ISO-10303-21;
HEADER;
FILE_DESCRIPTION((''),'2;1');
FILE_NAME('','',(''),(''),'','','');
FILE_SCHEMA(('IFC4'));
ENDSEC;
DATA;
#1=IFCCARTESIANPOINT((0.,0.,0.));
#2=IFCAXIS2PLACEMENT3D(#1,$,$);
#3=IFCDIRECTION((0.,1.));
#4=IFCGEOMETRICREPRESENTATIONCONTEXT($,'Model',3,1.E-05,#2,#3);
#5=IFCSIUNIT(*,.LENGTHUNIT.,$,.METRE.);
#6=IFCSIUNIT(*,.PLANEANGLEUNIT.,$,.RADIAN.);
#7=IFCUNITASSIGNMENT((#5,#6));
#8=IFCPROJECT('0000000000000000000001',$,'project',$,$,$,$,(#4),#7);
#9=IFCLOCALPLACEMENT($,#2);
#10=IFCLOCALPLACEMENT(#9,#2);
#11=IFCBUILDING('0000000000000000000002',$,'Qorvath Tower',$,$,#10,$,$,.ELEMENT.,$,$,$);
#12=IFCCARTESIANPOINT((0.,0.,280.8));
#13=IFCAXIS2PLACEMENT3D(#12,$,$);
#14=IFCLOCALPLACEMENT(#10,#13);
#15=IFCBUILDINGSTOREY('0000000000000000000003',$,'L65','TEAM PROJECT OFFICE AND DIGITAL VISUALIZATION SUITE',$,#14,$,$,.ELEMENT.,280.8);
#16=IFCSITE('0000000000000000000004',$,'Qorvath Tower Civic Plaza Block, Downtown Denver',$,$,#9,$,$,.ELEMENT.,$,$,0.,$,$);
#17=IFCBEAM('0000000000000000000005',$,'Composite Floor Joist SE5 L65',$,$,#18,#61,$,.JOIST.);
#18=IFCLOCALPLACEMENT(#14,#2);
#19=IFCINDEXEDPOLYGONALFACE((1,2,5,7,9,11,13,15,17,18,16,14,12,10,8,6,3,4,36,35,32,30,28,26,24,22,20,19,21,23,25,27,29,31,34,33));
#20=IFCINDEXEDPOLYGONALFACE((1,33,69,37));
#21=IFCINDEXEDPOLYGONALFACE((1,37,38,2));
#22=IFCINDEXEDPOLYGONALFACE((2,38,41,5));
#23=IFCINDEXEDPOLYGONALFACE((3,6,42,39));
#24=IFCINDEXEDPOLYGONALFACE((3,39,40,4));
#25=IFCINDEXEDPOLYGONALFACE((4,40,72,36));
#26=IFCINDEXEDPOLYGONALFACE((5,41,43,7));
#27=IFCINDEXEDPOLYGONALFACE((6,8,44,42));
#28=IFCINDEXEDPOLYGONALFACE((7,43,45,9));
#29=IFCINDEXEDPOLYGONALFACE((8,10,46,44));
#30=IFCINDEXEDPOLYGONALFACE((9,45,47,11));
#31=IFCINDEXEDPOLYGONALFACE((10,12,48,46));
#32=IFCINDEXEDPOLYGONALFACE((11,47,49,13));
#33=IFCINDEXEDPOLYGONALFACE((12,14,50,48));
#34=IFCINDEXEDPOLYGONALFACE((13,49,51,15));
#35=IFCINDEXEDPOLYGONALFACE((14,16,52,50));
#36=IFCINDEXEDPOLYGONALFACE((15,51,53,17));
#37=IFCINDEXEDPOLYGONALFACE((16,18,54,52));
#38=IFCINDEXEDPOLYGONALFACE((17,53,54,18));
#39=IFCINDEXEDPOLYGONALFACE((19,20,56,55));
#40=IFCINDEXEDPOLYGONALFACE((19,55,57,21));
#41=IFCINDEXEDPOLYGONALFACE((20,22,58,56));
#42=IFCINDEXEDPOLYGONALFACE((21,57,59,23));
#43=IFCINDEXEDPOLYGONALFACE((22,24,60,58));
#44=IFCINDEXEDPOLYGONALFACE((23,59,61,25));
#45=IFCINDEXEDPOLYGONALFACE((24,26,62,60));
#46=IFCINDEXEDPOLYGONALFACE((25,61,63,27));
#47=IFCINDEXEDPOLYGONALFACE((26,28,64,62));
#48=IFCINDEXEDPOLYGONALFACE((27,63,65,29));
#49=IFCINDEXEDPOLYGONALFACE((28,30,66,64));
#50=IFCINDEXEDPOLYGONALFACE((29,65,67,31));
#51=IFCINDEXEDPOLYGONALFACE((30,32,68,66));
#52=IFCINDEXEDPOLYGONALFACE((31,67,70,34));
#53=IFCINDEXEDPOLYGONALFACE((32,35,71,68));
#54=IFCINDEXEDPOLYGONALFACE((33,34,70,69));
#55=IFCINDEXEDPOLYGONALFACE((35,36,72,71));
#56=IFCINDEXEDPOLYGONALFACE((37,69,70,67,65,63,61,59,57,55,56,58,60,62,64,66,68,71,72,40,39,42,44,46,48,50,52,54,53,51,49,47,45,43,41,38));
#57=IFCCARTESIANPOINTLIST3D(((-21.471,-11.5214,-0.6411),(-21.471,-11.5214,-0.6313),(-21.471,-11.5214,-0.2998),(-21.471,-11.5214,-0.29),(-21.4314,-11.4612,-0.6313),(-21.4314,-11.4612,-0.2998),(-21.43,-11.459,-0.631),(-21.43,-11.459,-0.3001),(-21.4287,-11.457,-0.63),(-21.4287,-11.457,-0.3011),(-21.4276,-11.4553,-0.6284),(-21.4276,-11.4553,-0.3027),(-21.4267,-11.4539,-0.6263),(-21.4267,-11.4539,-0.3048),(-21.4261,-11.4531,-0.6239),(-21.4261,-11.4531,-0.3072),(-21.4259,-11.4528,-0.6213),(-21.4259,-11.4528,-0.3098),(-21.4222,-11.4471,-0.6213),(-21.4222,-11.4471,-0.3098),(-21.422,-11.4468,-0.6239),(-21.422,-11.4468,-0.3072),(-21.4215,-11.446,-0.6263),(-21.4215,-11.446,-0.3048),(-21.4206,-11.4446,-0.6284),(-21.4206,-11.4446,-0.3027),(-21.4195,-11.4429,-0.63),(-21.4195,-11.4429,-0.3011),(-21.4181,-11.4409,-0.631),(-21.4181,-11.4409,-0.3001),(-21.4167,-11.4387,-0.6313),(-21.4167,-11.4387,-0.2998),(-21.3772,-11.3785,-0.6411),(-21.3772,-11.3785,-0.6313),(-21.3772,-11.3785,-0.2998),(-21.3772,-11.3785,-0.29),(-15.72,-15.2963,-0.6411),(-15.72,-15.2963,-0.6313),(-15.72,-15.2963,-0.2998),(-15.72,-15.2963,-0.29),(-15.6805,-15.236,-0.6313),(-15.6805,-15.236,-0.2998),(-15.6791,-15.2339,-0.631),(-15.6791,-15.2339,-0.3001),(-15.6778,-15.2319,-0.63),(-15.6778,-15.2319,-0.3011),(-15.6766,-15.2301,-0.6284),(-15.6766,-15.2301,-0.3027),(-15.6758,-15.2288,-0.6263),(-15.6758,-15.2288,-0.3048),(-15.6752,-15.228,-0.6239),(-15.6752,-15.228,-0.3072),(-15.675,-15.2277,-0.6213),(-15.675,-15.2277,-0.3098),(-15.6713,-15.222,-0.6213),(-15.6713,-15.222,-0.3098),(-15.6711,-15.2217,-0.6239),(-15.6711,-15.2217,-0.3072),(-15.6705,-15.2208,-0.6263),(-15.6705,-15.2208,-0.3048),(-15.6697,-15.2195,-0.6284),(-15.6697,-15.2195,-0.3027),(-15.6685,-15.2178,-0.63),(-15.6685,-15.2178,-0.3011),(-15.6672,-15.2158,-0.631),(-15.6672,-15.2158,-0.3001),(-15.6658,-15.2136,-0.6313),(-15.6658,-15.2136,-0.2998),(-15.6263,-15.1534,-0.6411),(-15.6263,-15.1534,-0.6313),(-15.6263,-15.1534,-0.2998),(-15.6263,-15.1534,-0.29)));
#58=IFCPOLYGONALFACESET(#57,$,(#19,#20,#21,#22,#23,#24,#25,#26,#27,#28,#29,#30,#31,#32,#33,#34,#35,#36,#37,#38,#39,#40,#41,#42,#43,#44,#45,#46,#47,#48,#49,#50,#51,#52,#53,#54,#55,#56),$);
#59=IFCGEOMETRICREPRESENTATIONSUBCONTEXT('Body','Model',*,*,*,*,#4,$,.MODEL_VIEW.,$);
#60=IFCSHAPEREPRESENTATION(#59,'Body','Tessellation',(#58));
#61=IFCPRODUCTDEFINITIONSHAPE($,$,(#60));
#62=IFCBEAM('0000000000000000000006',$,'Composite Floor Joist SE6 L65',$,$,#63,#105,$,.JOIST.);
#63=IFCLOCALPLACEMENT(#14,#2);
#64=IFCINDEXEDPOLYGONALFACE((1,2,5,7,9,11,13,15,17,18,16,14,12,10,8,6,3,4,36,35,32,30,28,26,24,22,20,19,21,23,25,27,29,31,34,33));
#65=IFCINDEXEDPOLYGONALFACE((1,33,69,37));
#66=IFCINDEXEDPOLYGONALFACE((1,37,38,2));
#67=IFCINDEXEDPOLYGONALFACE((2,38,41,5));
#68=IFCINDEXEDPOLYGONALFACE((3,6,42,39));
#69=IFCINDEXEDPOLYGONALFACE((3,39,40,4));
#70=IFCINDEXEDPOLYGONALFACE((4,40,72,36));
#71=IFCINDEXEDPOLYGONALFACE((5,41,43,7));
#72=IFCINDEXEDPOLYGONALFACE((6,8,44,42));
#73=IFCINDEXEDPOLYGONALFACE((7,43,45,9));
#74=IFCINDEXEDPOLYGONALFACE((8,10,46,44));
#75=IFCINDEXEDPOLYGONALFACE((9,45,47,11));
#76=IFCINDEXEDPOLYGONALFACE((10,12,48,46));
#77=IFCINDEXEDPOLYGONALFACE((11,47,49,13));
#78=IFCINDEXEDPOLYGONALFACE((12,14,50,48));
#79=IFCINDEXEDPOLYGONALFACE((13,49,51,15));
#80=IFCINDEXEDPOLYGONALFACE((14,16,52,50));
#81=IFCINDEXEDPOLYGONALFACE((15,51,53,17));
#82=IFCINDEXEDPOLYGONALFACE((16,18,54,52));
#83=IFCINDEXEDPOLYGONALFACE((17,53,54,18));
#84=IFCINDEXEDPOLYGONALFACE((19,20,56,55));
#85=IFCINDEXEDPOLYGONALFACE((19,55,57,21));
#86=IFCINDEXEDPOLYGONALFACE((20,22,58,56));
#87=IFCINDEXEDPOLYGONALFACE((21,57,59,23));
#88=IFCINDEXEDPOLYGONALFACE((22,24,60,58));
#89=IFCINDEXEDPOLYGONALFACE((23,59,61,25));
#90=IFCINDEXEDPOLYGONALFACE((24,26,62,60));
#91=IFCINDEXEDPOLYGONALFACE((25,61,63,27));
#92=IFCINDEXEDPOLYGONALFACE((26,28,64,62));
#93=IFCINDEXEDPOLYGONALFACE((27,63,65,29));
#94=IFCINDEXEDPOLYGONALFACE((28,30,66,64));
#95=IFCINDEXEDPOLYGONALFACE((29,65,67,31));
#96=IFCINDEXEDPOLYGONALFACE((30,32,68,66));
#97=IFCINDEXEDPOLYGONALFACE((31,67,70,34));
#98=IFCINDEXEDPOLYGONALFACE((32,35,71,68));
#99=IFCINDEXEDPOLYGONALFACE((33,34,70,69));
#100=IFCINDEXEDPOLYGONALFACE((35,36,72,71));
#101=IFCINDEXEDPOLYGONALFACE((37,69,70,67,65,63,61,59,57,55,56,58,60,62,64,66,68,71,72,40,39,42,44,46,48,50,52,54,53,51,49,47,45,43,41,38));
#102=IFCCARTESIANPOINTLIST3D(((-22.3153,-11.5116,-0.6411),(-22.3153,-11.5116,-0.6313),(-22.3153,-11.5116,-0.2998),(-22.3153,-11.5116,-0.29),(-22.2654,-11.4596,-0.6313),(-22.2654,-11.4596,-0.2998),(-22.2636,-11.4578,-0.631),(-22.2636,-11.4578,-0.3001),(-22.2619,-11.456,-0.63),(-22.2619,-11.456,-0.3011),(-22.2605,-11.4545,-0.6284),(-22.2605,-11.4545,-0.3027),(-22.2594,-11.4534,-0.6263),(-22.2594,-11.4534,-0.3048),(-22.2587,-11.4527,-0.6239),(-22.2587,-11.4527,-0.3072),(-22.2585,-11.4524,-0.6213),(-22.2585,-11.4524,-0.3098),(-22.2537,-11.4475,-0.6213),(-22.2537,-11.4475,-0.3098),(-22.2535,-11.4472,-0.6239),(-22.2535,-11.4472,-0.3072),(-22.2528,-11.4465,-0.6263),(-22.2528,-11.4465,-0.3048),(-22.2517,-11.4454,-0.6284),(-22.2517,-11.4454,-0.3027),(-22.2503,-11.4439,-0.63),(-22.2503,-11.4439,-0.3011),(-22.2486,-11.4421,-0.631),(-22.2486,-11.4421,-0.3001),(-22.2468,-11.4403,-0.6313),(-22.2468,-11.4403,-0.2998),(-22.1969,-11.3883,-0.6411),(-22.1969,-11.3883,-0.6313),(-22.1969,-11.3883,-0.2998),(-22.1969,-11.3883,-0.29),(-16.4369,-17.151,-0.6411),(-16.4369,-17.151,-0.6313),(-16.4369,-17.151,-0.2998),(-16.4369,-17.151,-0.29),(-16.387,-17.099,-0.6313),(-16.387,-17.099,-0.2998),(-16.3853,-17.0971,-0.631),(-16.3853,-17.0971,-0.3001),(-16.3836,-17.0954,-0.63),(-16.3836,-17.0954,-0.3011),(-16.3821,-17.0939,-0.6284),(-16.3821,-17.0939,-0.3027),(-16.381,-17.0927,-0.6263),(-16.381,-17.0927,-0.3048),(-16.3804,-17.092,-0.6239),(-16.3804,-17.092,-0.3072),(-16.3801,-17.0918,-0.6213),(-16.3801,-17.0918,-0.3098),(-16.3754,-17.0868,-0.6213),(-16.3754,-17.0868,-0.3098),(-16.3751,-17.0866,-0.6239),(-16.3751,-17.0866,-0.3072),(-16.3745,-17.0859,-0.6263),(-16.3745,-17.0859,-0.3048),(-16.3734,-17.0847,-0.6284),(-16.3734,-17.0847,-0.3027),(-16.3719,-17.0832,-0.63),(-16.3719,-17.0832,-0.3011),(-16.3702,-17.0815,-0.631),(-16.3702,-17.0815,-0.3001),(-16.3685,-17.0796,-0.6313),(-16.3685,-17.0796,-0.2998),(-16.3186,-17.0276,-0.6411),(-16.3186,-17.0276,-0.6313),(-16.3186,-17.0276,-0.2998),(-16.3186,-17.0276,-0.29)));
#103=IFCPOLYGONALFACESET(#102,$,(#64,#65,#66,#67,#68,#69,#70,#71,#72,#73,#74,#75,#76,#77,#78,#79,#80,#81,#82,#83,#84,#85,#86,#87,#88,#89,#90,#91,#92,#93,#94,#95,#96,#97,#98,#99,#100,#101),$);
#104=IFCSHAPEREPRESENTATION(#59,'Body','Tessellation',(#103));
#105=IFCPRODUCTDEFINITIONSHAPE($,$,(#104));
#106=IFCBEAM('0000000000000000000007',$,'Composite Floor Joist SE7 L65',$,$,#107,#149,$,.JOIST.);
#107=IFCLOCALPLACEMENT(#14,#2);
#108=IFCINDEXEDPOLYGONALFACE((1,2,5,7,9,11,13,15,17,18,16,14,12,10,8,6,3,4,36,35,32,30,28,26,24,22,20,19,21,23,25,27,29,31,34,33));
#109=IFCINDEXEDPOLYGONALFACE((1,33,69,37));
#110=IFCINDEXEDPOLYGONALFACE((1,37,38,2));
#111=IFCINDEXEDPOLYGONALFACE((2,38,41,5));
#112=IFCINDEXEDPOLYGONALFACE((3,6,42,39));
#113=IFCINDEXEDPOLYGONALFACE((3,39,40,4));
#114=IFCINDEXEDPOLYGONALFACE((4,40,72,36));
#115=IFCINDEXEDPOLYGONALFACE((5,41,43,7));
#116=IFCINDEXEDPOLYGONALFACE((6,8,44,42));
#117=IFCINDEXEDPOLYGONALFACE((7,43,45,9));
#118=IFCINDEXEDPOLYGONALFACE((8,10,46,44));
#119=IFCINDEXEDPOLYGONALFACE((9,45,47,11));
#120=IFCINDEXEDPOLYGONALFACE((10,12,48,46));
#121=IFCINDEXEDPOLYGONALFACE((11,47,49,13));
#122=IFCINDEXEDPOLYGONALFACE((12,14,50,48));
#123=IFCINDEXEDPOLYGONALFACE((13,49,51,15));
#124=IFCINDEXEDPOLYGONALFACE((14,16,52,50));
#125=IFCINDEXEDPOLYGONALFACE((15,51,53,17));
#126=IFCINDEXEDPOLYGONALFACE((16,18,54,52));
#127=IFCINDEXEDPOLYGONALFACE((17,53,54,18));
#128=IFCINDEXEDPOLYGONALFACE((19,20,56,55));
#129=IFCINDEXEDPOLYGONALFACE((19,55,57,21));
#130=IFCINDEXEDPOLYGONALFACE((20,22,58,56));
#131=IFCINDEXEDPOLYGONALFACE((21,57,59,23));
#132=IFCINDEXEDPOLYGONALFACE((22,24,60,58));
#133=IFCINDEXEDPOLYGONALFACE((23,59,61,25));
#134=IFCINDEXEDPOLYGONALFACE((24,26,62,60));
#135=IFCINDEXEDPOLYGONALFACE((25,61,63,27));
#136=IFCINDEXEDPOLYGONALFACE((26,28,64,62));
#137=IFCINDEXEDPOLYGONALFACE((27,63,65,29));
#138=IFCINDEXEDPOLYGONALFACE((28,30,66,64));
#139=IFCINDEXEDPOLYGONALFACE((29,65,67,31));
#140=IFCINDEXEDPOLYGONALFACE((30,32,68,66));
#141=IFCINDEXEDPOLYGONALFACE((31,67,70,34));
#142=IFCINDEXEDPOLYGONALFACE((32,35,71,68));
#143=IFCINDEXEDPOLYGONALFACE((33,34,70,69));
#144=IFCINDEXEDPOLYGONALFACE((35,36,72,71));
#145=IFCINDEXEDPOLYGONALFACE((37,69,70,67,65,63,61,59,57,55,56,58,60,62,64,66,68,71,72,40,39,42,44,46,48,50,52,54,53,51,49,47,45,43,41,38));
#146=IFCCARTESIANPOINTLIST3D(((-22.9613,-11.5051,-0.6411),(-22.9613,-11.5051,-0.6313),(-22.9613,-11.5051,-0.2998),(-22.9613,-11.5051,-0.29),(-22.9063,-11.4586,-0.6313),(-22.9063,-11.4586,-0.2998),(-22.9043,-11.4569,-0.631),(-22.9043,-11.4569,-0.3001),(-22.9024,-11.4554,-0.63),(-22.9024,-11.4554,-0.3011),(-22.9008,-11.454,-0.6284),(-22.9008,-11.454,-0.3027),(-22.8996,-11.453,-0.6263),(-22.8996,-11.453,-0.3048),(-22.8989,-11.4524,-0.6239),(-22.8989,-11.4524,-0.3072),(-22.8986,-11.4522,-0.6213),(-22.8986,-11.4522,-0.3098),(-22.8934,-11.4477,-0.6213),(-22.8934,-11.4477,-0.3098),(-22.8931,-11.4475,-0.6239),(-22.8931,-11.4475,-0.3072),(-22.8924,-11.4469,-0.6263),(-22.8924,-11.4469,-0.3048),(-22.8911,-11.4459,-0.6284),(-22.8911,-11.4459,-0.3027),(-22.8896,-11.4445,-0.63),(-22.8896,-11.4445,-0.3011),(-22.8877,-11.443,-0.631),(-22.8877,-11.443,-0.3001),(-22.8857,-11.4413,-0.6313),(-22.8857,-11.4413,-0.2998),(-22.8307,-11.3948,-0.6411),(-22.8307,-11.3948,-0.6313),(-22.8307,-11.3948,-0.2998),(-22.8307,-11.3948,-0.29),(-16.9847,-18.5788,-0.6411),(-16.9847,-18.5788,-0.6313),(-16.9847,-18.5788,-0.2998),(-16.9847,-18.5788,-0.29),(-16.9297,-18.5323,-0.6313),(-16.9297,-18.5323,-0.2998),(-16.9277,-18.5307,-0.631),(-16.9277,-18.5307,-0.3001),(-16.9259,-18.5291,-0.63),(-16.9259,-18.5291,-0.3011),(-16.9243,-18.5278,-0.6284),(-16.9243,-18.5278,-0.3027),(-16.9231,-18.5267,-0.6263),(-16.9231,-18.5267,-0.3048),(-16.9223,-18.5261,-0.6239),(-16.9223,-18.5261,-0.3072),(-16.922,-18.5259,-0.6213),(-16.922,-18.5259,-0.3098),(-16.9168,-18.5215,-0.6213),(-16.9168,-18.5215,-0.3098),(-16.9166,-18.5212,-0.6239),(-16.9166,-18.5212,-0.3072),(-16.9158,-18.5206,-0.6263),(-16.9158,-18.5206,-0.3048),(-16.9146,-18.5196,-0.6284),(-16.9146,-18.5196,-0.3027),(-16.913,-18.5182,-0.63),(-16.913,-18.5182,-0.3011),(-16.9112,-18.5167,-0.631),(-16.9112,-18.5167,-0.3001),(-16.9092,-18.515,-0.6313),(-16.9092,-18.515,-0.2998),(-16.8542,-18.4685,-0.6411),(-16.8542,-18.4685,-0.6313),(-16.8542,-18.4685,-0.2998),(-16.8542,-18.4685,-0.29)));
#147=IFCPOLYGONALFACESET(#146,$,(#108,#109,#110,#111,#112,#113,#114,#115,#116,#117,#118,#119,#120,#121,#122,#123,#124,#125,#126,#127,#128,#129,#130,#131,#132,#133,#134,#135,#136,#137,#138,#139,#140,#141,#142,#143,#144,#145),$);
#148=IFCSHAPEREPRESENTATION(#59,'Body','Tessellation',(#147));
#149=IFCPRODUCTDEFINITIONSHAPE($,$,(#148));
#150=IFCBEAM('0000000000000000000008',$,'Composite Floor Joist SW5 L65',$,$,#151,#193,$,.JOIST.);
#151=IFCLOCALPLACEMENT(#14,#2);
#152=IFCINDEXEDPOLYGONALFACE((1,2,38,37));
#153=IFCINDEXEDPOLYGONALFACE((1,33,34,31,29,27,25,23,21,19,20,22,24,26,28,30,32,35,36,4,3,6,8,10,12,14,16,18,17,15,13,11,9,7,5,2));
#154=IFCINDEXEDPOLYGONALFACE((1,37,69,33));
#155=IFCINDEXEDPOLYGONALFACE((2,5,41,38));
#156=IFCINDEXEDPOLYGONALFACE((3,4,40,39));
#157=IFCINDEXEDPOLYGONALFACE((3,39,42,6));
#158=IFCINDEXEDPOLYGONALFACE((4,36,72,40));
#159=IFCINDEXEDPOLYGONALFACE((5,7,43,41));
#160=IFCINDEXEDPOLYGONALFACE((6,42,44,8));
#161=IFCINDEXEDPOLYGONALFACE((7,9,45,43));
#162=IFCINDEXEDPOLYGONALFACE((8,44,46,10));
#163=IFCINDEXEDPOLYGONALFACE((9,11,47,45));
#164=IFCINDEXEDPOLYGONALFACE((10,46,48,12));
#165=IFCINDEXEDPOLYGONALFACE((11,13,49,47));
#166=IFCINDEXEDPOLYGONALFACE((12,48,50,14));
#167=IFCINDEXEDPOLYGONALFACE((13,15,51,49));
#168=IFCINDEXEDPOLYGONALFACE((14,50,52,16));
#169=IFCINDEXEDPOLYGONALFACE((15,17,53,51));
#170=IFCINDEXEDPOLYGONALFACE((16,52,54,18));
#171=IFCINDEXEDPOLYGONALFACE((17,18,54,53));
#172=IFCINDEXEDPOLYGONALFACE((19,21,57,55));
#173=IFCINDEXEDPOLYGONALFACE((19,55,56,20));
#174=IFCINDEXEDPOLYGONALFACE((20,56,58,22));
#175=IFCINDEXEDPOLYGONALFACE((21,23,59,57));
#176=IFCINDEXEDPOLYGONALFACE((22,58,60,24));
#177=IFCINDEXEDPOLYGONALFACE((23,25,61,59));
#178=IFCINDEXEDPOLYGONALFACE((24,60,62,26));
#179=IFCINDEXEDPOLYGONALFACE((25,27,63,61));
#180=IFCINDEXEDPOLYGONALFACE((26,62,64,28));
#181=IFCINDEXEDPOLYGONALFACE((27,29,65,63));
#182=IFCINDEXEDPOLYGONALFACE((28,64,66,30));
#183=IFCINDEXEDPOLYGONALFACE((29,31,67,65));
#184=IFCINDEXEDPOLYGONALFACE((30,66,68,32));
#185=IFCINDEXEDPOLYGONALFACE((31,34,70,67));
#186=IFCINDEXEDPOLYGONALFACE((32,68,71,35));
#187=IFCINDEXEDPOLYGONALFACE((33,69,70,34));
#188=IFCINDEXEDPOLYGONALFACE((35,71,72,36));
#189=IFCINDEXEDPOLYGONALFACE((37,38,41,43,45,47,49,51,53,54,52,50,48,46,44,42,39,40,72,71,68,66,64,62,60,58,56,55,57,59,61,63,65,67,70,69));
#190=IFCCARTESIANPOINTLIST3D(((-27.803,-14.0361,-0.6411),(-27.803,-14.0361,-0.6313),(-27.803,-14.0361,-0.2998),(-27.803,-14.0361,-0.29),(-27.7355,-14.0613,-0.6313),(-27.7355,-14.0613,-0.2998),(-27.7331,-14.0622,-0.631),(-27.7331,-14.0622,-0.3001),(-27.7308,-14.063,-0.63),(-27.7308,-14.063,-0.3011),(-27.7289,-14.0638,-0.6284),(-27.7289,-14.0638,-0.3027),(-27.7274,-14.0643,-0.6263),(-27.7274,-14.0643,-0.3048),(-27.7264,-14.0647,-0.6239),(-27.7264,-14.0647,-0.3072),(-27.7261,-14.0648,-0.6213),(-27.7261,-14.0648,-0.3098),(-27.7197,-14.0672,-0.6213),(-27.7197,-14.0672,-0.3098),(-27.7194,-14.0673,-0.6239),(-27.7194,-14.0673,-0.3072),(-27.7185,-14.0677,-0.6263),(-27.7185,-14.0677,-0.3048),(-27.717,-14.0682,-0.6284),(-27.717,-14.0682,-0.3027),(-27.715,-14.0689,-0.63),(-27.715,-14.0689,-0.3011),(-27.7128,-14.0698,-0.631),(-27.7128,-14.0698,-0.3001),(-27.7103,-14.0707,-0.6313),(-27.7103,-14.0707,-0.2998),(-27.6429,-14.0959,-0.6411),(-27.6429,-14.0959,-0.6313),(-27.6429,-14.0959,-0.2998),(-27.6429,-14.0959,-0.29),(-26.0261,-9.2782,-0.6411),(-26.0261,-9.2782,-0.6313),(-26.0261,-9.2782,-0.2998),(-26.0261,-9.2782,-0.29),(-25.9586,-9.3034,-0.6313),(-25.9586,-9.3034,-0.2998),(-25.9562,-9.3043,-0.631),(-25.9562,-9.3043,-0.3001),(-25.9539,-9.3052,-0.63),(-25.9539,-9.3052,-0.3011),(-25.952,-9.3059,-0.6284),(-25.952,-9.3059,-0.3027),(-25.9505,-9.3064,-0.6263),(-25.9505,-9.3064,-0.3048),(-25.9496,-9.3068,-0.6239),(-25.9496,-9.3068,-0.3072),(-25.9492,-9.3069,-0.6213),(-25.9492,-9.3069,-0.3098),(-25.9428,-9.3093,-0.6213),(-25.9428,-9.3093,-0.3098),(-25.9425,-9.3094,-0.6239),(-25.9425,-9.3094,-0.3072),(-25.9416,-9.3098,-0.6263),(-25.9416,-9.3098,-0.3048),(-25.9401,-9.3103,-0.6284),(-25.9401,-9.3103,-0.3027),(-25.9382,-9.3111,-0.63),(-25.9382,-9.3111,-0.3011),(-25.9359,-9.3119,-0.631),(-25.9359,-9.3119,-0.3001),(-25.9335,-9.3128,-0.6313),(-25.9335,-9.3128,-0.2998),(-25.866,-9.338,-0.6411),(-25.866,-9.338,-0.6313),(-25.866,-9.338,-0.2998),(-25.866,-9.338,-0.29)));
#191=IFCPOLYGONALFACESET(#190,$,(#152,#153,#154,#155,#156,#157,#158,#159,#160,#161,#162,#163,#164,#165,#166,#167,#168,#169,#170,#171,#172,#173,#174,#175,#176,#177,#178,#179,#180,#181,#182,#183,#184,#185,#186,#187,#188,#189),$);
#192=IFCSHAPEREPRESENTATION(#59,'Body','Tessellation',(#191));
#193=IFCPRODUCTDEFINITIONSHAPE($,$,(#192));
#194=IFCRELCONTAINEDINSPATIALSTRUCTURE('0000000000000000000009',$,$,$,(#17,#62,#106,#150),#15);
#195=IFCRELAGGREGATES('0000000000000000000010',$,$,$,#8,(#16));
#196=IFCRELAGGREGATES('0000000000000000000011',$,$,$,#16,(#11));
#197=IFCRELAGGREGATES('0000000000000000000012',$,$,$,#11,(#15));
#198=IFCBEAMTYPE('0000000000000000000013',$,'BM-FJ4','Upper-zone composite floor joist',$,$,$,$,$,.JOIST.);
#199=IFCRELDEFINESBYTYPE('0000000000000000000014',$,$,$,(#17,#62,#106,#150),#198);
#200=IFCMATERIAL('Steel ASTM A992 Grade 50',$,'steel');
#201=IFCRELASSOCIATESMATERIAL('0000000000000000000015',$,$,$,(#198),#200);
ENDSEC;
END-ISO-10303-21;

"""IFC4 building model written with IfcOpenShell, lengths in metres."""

from ifc_helpers import new_model, si_unit, direction, frame, origin, origin_2d, place, context, subcontext, project, spatial, i_section, extrude, material, material_profile, profile_set, type_object, element, save


model = new_model("IFC4")

# Units and contexts
model_context = context("Model", 3, precision=1e-05, world=origin(), true_north=direction((0.0, 1.0)))
body_context = subcontext(model_context, "Body", "Model", "MODEL_VIEW")
ifc_project = project(units=[si_unit("LENGTHUNIT", "METRE"), si_unit("PLANEANGLEUNIT", "RADIAN")], contexts=[model_context])

# Site, building, storey
site_placement = place(None, origin())
site = spatial("IfcSite", under=ifc_project, at=site_placement, Name="Qorvath Tower Civic Plaza Block, Downtown Denver", CompositionType="ELEMENT", RefElevation=0.0)
building_placement = place(site_placement, origin())
building = spatial("IfcBuilding", under=site, at=building_placement, Name="Qorvath Tower", CompositionType="ELEMENT")
storey_placement = place(building_placement, frame((0.0, 0.0, 280.8)))
storey = spatial("IfcBuildingStorey", under=building, at=storey_placement, Name="L65", Description="TEAM PROJECT OFFICE AND DIGITAL VISUALIZATION SUITE", CompositionType="ELEMENT", Elevation=280.8)

# Beams
ifc_material_1 = material(Name="Steel ASTM A992 Grade 50", Category="steel")
ifc_material_profile_1 = material_profile(ifc_material_1, i_section(OverallWidth=0.1709, OverallDepth=0.3511, WebThickness=0.0068, FlangeThickness=0.0098, FilletRadius=0.01, at=origin_2d()), Name="W14x30")
ifc_profile_set_1 = profile_set([ifc_material_profile_1], Name="Steel ASTM A992 Grade 50")
beam_type_1 = type_object("IfcBeamType", Name="BM-FJ4", Description="Upper-zone composite floor joist", PredefinedType="JOIST", material=ifc_profile_set_1)
beam_1_placement = place(storey_placement, frame((-21.4241, -11.45, -0.4656), z_axis=(0.835993, -0.54874, 0.0), x_axis=(0.54874, 0.835993, 0.0)))
element("IfcBeam", 1, at=beam_1_placement, inside=storey, type_object=beam_type_1, Name="Composite Floor Joist SE5 L65", PredefinedType="JOIST", context=body_context, shape_type="SweptSolid", body=[
    extrude(i_section(OverallWidth=0.1709, OverallDepth=0.3511, WebThickness=0.0068, FlangeThickness=0.0098, FilletRadius=0.01, at=origin_2d()), origin(), (0.0, 0.0, 1.0), 6.8792),
])
beam_2_placement = place(storey_placement, frame((-22.2561, -11.45, -0.4656), z_axis=(0.721625, -0.692284, 0.0), x_axis=(0.692284, 0.721625, 0.0)))
element("IfcBeam", 2, at=beam_2_placement, inside=storey, type_object=beam_type_1, Name="Composite Floor Joist SE6 L65", PredefinedType="JOIST", context=body_context, shape_type="SweptSolid", body=[
    extrude(i_section(OverallWidth=0.1709, OverallDepth=0.3511, WebThickness=0.0068, FlangeThickness=0.0098, FilletRadius=0.01, at=origin_2d()), origin(), (0.0, 0.0, 1.0), 8.146),
])
beam_3_placement = place(storey_placement, frame((-22.896, -11.45, -0.4656), z_axis=(0.645382, -0.76386, 0.0), x_axis=(0.76386, 0.645382, 0.0)))
element("IfcBeam", 3, at=beam_3_placement, inside=storey, type_object=beam_type_1, Name="Composite Floor Joist SE7 L65", PredefinedType="JOIST", context=body_context, shape_type="SweptSolid", body=[
    extrude(i_section(OverallWidth=0.1709, OverallDepth=0.3511, WebThickness=0.0068, FlangeThickness=0.0098, FilletRadius=0.01, at=origin_2d()), origin(), (0.0, 0.0, 1.0), 9.2605),
])
beam_4_placement = place(storey_placement, frame((-25.946, -9.3081, -0.4656), z_axis=(-0.349859, -0.936802, 0.0), x_axis=(0.936802, -0.349859, 0.0)))
element("IfcBeam", 4, at=beam_4_placement, inside=storey, type_object=beam_type_1, Name="Composite Floor Joist SW5 L65", PredefinedType="JOIST", context=body_context, shape_type="SweptSolid", body=[
    extrude(i_section(OverallWidth=0.1709, OverallDepth=0.3511, WebThickness=0.0068, FlangeThickness=0.0098, FilletRadius=0.01, at=origin_2d()), origin(), (0.0, 0.0, 1.0), 5.0789),
])

save(model, "model.ifc")
